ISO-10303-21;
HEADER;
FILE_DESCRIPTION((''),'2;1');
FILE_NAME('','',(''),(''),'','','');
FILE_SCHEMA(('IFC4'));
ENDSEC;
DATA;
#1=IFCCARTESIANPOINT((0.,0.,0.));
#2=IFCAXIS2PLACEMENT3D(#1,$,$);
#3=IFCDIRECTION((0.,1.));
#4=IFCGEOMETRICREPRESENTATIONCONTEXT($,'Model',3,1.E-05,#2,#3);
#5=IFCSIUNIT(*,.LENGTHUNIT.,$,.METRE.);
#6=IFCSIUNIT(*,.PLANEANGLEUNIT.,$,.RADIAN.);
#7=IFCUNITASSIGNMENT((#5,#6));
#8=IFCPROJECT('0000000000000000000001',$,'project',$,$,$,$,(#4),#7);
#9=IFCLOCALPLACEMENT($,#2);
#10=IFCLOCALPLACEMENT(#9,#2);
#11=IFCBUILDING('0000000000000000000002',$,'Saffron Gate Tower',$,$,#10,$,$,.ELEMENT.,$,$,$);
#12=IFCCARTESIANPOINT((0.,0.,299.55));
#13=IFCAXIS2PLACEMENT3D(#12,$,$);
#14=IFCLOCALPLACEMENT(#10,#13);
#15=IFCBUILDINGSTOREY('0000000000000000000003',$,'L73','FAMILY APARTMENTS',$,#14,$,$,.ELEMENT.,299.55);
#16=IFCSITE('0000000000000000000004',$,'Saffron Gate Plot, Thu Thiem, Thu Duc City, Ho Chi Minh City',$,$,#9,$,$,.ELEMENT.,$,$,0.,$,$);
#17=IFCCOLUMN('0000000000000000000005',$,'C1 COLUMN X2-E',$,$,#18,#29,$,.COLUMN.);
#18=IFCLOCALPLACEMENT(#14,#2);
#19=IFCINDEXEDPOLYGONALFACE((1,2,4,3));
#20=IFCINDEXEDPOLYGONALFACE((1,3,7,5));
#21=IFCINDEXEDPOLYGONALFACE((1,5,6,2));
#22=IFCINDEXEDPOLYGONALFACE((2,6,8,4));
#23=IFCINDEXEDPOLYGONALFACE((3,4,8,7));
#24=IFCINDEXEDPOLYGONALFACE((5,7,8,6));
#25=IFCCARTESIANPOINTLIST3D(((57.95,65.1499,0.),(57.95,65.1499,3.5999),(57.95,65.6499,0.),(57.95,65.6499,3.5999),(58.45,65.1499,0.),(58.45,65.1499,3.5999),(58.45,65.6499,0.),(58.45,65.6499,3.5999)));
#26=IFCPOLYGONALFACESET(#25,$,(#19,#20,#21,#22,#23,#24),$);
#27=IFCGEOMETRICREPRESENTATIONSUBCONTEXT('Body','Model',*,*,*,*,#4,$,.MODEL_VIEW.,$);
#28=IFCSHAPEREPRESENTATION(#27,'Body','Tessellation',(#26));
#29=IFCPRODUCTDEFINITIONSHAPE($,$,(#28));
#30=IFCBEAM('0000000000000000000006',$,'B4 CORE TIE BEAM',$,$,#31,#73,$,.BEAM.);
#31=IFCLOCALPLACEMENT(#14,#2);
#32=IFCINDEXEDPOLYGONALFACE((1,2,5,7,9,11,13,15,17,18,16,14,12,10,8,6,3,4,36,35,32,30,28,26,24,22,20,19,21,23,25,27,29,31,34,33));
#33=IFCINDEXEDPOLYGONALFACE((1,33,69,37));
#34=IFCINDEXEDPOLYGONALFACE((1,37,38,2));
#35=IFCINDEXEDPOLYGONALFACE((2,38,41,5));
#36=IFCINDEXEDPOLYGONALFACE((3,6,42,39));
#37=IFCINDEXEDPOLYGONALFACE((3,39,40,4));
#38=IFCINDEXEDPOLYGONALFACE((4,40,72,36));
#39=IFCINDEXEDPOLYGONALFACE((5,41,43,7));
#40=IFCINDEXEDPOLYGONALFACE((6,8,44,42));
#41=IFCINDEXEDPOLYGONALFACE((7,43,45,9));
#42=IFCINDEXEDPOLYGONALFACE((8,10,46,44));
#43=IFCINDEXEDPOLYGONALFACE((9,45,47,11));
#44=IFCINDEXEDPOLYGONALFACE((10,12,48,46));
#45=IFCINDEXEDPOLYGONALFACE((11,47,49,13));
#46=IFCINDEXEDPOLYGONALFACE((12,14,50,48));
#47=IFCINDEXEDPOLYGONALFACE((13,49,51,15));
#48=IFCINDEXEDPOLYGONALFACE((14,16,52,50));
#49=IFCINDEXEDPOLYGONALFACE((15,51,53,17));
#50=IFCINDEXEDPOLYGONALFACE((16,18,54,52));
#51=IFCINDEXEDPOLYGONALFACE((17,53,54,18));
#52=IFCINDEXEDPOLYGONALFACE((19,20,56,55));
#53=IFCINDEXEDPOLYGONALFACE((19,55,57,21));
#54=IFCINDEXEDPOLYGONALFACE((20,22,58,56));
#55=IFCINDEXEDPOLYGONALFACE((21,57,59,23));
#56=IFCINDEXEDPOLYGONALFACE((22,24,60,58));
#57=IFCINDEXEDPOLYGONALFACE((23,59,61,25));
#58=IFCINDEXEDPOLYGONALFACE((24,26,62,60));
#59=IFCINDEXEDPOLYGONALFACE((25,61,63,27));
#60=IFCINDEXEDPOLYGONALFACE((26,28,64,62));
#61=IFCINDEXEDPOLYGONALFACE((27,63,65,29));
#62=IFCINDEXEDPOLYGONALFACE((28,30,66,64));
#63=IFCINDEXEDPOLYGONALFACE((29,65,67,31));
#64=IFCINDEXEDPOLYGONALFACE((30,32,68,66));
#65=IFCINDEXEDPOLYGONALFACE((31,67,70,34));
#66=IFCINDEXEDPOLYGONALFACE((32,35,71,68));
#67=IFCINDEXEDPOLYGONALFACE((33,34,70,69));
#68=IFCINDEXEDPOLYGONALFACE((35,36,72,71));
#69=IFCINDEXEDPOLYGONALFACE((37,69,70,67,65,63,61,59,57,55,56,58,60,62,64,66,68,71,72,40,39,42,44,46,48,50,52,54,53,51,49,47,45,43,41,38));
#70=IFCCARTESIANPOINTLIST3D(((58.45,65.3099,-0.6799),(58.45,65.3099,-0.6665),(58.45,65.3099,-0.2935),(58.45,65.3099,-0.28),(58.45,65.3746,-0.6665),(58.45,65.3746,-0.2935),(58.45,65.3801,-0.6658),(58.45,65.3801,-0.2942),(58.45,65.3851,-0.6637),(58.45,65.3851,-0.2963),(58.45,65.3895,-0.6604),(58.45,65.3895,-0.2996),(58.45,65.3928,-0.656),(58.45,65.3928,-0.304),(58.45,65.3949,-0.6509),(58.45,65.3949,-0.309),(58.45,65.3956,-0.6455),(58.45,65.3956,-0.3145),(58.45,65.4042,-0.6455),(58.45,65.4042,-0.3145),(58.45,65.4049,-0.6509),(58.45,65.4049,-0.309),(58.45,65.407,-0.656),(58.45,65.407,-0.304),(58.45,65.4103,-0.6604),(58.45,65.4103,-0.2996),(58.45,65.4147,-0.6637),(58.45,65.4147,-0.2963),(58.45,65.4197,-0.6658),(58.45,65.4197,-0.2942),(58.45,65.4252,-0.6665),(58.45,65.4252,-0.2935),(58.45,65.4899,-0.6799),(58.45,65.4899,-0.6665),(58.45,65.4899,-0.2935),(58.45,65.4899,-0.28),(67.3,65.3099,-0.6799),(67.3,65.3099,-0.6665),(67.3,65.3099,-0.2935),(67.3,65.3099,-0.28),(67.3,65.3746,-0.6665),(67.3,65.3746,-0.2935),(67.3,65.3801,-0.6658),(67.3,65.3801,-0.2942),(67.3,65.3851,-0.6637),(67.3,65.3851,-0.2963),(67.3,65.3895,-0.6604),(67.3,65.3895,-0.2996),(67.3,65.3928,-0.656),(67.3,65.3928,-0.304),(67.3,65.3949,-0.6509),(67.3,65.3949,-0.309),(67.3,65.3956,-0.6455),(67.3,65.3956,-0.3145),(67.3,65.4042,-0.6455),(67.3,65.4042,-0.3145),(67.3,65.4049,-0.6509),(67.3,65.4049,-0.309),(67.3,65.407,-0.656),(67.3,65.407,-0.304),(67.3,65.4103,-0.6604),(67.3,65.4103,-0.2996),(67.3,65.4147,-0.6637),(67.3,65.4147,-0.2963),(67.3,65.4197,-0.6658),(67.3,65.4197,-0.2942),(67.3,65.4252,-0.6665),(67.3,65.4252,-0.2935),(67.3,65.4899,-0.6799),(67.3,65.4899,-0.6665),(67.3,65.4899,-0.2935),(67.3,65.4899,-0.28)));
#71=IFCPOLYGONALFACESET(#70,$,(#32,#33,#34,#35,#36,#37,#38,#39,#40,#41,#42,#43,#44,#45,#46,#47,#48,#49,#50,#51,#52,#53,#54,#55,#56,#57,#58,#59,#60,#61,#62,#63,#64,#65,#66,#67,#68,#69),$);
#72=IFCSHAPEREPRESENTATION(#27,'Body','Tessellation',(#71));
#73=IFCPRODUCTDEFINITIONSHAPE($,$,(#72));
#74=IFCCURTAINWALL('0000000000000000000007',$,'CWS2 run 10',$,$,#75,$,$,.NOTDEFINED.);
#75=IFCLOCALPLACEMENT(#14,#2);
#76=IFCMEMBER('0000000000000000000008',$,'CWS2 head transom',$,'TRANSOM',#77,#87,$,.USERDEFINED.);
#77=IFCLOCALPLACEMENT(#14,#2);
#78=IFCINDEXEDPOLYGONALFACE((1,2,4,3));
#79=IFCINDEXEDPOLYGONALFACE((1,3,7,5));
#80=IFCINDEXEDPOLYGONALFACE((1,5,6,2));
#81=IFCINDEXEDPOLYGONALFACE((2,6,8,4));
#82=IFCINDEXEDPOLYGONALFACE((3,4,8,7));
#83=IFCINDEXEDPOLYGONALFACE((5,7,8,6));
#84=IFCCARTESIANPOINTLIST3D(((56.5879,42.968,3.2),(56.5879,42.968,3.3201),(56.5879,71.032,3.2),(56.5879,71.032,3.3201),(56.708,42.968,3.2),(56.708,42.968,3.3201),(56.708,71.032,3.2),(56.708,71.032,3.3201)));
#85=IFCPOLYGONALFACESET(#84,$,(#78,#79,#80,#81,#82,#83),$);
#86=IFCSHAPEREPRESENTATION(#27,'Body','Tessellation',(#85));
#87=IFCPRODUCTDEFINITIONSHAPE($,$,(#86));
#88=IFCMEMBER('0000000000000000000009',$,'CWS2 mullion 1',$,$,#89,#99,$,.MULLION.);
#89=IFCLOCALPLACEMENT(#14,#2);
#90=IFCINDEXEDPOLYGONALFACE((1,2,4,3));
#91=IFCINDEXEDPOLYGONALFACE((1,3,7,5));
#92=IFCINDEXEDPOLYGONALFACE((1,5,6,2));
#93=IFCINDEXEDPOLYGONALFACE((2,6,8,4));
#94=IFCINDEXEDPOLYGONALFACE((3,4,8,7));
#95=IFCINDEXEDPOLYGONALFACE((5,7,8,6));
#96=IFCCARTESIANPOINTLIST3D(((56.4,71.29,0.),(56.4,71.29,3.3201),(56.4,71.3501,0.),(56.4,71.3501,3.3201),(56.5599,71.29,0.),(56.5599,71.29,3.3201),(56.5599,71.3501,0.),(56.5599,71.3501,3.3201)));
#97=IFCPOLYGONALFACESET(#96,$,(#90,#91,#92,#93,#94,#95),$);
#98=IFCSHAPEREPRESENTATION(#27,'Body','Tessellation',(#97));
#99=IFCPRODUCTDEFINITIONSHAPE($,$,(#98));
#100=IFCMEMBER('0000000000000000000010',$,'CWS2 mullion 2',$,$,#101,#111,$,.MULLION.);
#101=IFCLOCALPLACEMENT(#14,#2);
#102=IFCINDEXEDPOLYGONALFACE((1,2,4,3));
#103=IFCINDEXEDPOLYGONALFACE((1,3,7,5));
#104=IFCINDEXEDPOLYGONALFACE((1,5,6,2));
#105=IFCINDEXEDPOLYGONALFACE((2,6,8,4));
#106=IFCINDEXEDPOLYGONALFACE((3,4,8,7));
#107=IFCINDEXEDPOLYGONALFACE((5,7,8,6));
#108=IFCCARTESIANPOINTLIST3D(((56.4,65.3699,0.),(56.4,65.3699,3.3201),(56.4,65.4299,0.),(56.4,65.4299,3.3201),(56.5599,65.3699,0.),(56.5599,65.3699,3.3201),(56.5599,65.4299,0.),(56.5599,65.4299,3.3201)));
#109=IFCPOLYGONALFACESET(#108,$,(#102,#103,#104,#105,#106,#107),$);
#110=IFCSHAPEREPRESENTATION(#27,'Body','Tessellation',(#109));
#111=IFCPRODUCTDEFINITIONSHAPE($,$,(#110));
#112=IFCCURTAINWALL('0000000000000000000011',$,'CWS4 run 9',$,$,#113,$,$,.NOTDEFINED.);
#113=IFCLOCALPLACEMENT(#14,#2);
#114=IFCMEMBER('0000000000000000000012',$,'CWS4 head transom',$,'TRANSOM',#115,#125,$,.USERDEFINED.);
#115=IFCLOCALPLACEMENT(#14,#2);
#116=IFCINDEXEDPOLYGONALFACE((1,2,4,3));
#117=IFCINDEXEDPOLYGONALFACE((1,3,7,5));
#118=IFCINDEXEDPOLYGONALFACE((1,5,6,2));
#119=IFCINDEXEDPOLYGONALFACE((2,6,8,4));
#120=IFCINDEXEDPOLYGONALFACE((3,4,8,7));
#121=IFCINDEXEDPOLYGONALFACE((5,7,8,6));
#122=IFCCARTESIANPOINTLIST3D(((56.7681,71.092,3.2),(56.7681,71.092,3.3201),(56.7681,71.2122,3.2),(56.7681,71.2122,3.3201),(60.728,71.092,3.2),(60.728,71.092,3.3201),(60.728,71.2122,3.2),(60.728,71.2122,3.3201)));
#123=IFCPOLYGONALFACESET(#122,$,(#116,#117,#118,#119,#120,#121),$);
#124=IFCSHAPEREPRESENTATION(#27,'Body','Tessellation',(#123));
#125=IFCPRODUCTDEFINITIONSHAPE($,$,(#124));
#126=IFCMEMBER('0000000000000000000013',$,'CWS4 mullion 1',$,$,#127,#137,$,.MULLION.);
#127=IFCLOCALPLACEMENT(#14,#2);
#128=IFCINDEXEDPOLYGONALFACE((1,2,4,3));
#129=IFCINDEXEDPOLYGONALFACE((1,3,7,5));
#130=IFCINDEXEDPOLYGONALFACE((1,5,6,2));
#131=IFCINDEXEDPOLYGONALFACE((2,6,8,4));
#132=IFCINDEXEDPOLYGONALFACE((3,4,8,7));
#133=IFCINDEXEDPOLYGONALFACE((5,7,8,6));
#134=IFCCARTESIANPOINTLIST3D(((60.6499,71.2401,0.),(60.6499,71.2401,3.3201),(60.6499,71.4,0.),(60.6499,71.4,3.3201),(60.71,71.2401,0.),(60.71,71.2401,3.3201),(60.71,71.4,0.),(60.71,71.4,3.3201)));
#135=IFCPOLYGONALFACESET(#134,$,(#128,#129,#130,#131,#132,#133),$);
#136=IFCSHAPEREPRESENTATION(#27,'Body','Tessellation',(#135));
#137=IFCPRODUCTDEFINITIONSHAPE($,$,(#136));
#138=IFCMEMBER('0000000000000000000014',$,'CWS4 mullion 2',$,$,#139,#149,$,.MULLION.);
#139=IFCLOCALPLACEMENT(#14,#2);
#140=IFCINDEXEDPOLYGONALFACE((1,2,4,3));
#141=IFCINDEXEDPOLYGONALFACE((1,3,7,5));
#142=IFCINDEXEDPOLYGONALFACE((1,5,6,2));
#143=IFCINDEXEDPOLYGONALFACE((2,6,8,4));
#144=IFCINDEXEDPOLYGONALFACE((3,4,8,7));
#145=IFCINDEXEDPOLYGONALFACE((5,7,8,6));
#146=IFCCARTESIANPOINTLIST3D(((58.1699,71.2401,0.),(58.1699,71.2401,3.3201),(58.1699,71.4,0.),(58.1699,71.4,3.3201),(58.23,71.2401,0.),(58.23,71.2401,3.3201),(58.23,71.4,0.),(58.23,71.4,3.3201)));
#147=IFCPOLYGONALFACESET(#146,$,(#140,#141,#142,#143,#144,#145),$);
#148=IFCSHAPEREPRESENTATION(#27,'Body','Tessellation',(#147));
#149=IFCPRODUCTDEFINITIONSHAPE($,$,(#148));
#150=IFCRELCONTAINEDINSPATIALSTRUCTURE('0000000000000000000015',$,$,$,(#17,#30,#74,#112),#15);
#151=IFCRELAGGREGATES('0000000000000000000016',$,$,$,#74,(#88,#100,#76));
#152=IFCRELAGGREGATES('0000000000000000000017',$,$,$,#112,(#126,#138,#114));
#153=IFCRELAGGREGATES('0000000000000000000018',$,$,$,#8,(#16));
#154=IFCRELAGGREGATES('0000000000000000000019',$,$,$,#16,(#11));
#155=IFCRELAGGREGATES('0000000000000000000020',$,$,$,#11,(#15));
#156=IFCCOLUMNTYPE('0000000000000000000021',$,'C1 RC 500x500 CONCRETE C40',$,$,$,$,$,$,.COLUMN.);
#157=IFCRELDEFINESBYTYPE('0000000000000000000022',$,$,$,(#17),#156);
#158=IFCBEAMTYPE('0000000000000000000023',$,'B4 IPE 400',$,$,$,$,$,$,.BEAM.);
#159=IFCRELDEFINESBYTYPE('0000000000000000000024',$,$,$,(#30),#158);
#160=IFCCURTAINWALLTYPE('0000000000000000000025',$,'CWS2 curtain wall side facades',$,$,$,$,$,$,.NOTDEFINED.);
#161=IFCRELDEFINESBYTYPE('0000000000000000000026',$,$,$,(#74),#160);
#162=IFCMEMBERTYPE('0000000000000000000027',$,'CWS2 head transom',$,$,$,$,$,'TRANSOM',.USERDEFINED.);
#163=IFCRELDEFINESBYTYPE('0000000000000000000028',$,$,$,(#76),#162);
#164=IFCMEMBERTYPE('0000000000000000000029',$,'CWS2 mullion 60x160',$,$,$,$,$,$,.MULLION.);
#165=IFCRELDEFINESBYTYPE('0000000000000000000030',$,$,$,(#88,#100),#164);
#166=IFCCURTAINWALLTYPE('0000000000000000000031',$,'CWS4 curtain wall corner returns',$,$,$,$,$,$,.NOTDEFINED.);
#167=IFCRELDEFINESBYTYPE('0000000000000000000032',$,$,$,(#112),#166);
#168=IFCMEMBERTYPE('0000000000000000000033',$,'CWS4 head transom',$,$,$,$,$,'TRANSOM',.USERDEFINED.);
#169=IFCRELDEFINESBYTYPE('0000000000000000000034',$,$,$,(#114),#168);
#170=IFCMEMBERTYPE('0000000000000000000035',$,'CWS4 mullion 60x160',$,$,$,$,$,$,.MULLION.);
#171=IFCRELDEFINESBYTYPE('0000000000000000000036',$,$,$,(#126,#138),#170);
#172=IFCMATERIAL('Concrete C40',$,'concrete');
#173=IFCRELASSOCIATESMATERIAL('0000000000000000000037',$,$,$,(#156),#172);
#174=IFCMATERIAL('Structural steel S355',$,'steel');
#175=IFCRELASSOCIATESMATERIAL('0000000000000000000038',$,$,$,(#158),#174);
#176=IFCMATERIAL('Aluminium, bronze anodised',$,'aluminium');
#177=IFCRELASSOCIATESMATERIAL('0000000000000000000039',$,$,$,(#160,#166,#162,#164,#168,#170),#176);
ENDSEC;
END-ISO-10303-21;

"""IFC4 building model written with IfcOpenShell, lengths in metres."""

from ifc_helpers import new_model, si_unit, direction, frame, origin, origin_2d, place, context, subcontext, project, spatial, rectangle, i_section, extrude, material, material_profile, profile_set, type_object, element, aggregate, save


model = new_model("IFC4")

# Units and contexts
model_context = context("Model", 3, precision=1e-05, world=origin(), true_north=direction((0.0, 1.0)))
body_context = subcontext(model_context, "Body", "Model", "MODEL_VIEW")
ifc_project = project(units=[si_unit("LENGTHUNIT", "METRE"), si_unit("PLANEANGLEUNIT", "RADIAN")], contexts=[model_context])

# Site, building, storey
site_placement = place(None, origin())
site = spatial("IfcSite", under=ifc_project, at=site_placement, Name="Saffron Gate Plot, Thu Thiem, Thu Duc City, Ho Chi Minh City", CompositionType="ELEMENT", RefElevation=0.0)
building_placement = place(site_placement, origin())
building = spatial("IfcBuilding", under=site, at=building_placement, Name="Saffron Gate Tower", CompositionType="ELEMENT")
storey_placement = place(building_placement, frame((0.0, 0.0, 299.55)))
storey = spatial("IfcBuildingStorey", under=building, at=storey_placement, Name="L73", Description="FAMILY APARTMENTS", CompositionType="ELEMENT", Elevation=299.55)

# Column
ifc_material_1 = material(Name="Concrete C40", Category="concrete")
ifc_material_profile_1 = material_profile(ifc_material_1, rectangle(XDim=0.5, YDim=0.5, at=origin_2d()))
ifc_profile_set_1 = profile_set([ifc_material_profile_1], Name="Concrete C40")
column_type = type_object("IfcColumnType", Name="C1 RC 500x500 CONCRETE C40", PredefinedType="COLUMN", material=ifc_profile_set_1)
column_placement = place(storey_placement, frame((58.2, 65.3999, 0.0), z_axis=(0.0, 0.0, 1.0), x_axis=(1.0, 0.0, 0.0)))
element("IfcColumn", 1, at=column_placement, inside=storey, type_object=column_type, Name="C1 COLUMN X2-E", PredefinedType="COLUMN", context=body_context, shape_type="SweptSolid", body=[
    extrude(rectangle(XDim=0.5, YDim=0.5, at=origin_2d()), origin(), (0.0, 0.0, 1.0), 3.5999),
])

# Beam
ifc_material_2 = material(Name="Structural steel S355", Category="steel")
ifc_material_profile_2 = material_profile(ifc_material_2, i_section(OverallWidth=0.1799, OverallDepth=0.3999, WebThickness=0.0085, FlangeThickness=0.0134, FilletRadius=0.021, at=origin_2d()))
ifc_profile_set_2 = profile_set([ifc_material_profile_2], Name="Structural steel S355")
beam_type = type_object("IfcBeamType", Name="B4 IPE 400", PredefinedType="BEAM", material=ifc_profile_set_2)
beam_placement = place(storey_placement, frame((58.45, 65.3999, -0.48), z_axis=(1.0, 0.0, 0.0), x_axis=(0.0, 1.0, 0.0)))
element("IfcBeam", 2, at=beam_placement, inside=storey, type_object=beam_type, Name="B4 CORE TIE BEAM", PredefinedType="BEAM", context=body_context, shape_type="SweptSolid", body=[
    extrude(i_section(OverallWidth=0.1799, OverallDepth=0.3999, WebThickness=0.0085, FlangeThickness=0.0134, FilletRadius=0.021, at=origin_2d()), origin(), (0.0, 0.0, 1.0), 8.8501),
])

# Curtain walls, members
ifc_material_3 = material(Name="Aluminium, bronze anodised", Category="aluminium")
curtain_wall_type_1 = type_object("IfcCurtainWallType", Name="CWS2 curtain wall side facades", PredefinedType="NOTDEFINED", material=ifc_material_3)
curtain_wall_1_placement = place(storey_placement, origin())
curtain_wall_1 = element("IfcCurtainWall", 3, at=curtain_wall_1_placement, inside=storey, type_object=curtain_wall_type_1, Name="CWS2 run 10", PredefinedType="NOTDEFINED")
ifc_material_profile_3 = material_profile(ifc_material_3, rectangle(XDim=0.1201, YDim=0.1201, at=origin_2d()))
ifc_profile_set_3 = profile_set([ifc_material_profile_3], Name="Aluminium, bronze anodised")
member_type_1 = type_object("IfcMemberType", Name="CWS2 head transom", ElementType="TRANSOM", PredefinedType="USERDEFINED", material=ifc_profile_set_3)
member_1_placement = place(storey_placement, frame((56.6479, 71.032, 3.26), z_axis=(0.0, -1.0, 0.0), x_axis=(1.0, 0.0, 0.0)))
member_1 = element("IfcMember", 4, at=member_1_placement, type_object=member_type_1, Name="CWS2 head transom", ObjectType="TRANSOM", PredefinedType="USERDEFINED", context=body_context, shape_type="SweptSolid", body=[
    extrude(rectangle(XDim=0.1201, YDim=0.1201, at=origin_2d()), origin(), (0.0, 0.0, 1.0), 28.064),
])
ifc_material_profile_4 = material_profile(ifc_material_3, rectangle(XDim=0.1599, YDim=0.0601, at=origin_2d()))
ifc_profile_set_4 = profile_set([ifc_material_profile_4], Name="Aluminium, bronze anodised")
member_type_2 = type_object("IfcMemberType", Name="CWS2 mullion 60x160", PredefinedType="MULLION", material=ifc_profile_set_4)
member_2_placement = place(storey_placement, frame((56.48, 71.3201, 0.0), z_axis=(0.0, 0.0, 1.0), x_axis=(1.0, 0.0, 0.0)))
member_2 = element("IfcMember", 5, at=member_2_placement, type_object=member_type_2, Name="CWS2 mullion 1", PredefinedType="MULLION", context=body_context, shape_type="SweptSolid", body=[
    extrude(rectangle(XDim=0.1599, YDim=0.0601, at=origin_2d()), origin(), (0.0, 0.0, 1.0), 3.3201),
])
member_3_placement = place(storey_placement, frame((56.48, 65.3999, 0.0), z_axis=(0.0, 0.0, 1.0), x_axis=(1.0, 0.0, 0.0)))
member_3 = element("IfcMember", 6, at=member_3_placement, type_object=member_type_2, Name="CWS2 mullion 2", PredefinedType="MULLION", context=body_context, shape_type="SweptSolid", body=[
    extrude(rectangle(XDim=0.1599, YDim=0.0601, at=origin_2d()), origin(), (0.0, 0.0, 1.0), 3.3201),
])
curtain_wall_type_2 = type_object("IfcCurtainWallType", Name="CWS4 curtain wall corner returns", PredefinedType="NOTDEFINED", material=ifc_material_3)
curtain_wall_2_placement = place(storey_placement, origin())
curtain_wall_2 = element("IfcCurtainWall", 7, at=curtain_wall_2_placement, inside=storey, type_object=curtain_wall_type_2, Name="CWS4 run 9", PredefinedType="NOTDEFINED")
ifc_material_profile_5 = material_profile(ifc_material_3, rectangle(XDim=0.1201, YDim=0.1201, at=origin_2d()))
ifc_profile_set_5 = profile_set([ifc_material_profile_5], Name="Aluminium, bronze anodised")
member_type_3 = type_object("IfcMemberType", Name="CWS4 head transom", ElementType="TRANSOM", PredefinedType="USERDEFINED", material=ifc_profile_set_5)
member_4_placement = place(storey_placement, frame((60.728, 71.1521, 3.26), z_axis=(-1.0, 0.0, 0.0), x_axis=(0.0, -1.0, 0.0)))
member_4 = element("IfcMember", 8, at=member_4_placement, type_object=member_type_3, Name="CWS4 head transom", ObjectType="TRANSOM", PredefinedType="USERDEFINED", context=body_context, shape_type="SweptSolid", body=[
    extrude(rectangle(XDim=0.1201, YDim=0.1201, at=origin_2d()), origin(), (0.0, 0.0, 1.0), 3.96),
])
ifc_material_profile_6 = material_profile(ifc_material_3, rectangle(XDim=0.1599, YDim=0.0601, at=origin_2d()))
ifc_profile_set_6 = profile_set([ifc_material_profile_6], Name="Aluminium, bronze anodised")
member_type_4 = type_object("IfcMemberType", Name="CWS4 mullion 60x160", PredefinedType="MULLION", material=ifc_profile_set_6)
member_5_placement = place(storey_placement, frame((60.6799, 71.3201, 0.0), z_axis=(0.0, 0.0, 1.0), x_axis=(0.0, -1.0, 0.0)))
member_5 = element("IfcMember", 9, at=member_5_placement, type_object=member_type_4, Name="CWS4 mullion 1", PredefinedType="MULLION", context=body_context, shape_type="SweptSolid", body=[
    extrude(rectangle(XDim=0.1599, YDim=0.0601, at=origin_2d()), origin(), (0.0, 0.0, 1.0), 3.3201),
])
member_6_placement = place(storey_placement, frame((58.2, 71.3201, 0.0), z_axis=(0.0, 0.0, 1.0), x_axis=(0.0, -1.0, 0.0)))
member_6 = element("IfcMember", 10, at=member_6_placement, type_object=member_type_4, Name="CWS4 mullion 2", PredefinedType="MULLION", context=body_context, shape_type="SweptSolid", body=[
    extrude(rectangle(XDim=0.1599, YDim=0.0601, at=origin_2d()), origin(), (0.0, 0.0, 1.0), 3.3201),
])

aggregate(curtain_wall_1, [member_2, member_3, member_1])

aggregate(curtain_wall_2, [member_5, member_6, member_4])

save(model, "model.ifc")
